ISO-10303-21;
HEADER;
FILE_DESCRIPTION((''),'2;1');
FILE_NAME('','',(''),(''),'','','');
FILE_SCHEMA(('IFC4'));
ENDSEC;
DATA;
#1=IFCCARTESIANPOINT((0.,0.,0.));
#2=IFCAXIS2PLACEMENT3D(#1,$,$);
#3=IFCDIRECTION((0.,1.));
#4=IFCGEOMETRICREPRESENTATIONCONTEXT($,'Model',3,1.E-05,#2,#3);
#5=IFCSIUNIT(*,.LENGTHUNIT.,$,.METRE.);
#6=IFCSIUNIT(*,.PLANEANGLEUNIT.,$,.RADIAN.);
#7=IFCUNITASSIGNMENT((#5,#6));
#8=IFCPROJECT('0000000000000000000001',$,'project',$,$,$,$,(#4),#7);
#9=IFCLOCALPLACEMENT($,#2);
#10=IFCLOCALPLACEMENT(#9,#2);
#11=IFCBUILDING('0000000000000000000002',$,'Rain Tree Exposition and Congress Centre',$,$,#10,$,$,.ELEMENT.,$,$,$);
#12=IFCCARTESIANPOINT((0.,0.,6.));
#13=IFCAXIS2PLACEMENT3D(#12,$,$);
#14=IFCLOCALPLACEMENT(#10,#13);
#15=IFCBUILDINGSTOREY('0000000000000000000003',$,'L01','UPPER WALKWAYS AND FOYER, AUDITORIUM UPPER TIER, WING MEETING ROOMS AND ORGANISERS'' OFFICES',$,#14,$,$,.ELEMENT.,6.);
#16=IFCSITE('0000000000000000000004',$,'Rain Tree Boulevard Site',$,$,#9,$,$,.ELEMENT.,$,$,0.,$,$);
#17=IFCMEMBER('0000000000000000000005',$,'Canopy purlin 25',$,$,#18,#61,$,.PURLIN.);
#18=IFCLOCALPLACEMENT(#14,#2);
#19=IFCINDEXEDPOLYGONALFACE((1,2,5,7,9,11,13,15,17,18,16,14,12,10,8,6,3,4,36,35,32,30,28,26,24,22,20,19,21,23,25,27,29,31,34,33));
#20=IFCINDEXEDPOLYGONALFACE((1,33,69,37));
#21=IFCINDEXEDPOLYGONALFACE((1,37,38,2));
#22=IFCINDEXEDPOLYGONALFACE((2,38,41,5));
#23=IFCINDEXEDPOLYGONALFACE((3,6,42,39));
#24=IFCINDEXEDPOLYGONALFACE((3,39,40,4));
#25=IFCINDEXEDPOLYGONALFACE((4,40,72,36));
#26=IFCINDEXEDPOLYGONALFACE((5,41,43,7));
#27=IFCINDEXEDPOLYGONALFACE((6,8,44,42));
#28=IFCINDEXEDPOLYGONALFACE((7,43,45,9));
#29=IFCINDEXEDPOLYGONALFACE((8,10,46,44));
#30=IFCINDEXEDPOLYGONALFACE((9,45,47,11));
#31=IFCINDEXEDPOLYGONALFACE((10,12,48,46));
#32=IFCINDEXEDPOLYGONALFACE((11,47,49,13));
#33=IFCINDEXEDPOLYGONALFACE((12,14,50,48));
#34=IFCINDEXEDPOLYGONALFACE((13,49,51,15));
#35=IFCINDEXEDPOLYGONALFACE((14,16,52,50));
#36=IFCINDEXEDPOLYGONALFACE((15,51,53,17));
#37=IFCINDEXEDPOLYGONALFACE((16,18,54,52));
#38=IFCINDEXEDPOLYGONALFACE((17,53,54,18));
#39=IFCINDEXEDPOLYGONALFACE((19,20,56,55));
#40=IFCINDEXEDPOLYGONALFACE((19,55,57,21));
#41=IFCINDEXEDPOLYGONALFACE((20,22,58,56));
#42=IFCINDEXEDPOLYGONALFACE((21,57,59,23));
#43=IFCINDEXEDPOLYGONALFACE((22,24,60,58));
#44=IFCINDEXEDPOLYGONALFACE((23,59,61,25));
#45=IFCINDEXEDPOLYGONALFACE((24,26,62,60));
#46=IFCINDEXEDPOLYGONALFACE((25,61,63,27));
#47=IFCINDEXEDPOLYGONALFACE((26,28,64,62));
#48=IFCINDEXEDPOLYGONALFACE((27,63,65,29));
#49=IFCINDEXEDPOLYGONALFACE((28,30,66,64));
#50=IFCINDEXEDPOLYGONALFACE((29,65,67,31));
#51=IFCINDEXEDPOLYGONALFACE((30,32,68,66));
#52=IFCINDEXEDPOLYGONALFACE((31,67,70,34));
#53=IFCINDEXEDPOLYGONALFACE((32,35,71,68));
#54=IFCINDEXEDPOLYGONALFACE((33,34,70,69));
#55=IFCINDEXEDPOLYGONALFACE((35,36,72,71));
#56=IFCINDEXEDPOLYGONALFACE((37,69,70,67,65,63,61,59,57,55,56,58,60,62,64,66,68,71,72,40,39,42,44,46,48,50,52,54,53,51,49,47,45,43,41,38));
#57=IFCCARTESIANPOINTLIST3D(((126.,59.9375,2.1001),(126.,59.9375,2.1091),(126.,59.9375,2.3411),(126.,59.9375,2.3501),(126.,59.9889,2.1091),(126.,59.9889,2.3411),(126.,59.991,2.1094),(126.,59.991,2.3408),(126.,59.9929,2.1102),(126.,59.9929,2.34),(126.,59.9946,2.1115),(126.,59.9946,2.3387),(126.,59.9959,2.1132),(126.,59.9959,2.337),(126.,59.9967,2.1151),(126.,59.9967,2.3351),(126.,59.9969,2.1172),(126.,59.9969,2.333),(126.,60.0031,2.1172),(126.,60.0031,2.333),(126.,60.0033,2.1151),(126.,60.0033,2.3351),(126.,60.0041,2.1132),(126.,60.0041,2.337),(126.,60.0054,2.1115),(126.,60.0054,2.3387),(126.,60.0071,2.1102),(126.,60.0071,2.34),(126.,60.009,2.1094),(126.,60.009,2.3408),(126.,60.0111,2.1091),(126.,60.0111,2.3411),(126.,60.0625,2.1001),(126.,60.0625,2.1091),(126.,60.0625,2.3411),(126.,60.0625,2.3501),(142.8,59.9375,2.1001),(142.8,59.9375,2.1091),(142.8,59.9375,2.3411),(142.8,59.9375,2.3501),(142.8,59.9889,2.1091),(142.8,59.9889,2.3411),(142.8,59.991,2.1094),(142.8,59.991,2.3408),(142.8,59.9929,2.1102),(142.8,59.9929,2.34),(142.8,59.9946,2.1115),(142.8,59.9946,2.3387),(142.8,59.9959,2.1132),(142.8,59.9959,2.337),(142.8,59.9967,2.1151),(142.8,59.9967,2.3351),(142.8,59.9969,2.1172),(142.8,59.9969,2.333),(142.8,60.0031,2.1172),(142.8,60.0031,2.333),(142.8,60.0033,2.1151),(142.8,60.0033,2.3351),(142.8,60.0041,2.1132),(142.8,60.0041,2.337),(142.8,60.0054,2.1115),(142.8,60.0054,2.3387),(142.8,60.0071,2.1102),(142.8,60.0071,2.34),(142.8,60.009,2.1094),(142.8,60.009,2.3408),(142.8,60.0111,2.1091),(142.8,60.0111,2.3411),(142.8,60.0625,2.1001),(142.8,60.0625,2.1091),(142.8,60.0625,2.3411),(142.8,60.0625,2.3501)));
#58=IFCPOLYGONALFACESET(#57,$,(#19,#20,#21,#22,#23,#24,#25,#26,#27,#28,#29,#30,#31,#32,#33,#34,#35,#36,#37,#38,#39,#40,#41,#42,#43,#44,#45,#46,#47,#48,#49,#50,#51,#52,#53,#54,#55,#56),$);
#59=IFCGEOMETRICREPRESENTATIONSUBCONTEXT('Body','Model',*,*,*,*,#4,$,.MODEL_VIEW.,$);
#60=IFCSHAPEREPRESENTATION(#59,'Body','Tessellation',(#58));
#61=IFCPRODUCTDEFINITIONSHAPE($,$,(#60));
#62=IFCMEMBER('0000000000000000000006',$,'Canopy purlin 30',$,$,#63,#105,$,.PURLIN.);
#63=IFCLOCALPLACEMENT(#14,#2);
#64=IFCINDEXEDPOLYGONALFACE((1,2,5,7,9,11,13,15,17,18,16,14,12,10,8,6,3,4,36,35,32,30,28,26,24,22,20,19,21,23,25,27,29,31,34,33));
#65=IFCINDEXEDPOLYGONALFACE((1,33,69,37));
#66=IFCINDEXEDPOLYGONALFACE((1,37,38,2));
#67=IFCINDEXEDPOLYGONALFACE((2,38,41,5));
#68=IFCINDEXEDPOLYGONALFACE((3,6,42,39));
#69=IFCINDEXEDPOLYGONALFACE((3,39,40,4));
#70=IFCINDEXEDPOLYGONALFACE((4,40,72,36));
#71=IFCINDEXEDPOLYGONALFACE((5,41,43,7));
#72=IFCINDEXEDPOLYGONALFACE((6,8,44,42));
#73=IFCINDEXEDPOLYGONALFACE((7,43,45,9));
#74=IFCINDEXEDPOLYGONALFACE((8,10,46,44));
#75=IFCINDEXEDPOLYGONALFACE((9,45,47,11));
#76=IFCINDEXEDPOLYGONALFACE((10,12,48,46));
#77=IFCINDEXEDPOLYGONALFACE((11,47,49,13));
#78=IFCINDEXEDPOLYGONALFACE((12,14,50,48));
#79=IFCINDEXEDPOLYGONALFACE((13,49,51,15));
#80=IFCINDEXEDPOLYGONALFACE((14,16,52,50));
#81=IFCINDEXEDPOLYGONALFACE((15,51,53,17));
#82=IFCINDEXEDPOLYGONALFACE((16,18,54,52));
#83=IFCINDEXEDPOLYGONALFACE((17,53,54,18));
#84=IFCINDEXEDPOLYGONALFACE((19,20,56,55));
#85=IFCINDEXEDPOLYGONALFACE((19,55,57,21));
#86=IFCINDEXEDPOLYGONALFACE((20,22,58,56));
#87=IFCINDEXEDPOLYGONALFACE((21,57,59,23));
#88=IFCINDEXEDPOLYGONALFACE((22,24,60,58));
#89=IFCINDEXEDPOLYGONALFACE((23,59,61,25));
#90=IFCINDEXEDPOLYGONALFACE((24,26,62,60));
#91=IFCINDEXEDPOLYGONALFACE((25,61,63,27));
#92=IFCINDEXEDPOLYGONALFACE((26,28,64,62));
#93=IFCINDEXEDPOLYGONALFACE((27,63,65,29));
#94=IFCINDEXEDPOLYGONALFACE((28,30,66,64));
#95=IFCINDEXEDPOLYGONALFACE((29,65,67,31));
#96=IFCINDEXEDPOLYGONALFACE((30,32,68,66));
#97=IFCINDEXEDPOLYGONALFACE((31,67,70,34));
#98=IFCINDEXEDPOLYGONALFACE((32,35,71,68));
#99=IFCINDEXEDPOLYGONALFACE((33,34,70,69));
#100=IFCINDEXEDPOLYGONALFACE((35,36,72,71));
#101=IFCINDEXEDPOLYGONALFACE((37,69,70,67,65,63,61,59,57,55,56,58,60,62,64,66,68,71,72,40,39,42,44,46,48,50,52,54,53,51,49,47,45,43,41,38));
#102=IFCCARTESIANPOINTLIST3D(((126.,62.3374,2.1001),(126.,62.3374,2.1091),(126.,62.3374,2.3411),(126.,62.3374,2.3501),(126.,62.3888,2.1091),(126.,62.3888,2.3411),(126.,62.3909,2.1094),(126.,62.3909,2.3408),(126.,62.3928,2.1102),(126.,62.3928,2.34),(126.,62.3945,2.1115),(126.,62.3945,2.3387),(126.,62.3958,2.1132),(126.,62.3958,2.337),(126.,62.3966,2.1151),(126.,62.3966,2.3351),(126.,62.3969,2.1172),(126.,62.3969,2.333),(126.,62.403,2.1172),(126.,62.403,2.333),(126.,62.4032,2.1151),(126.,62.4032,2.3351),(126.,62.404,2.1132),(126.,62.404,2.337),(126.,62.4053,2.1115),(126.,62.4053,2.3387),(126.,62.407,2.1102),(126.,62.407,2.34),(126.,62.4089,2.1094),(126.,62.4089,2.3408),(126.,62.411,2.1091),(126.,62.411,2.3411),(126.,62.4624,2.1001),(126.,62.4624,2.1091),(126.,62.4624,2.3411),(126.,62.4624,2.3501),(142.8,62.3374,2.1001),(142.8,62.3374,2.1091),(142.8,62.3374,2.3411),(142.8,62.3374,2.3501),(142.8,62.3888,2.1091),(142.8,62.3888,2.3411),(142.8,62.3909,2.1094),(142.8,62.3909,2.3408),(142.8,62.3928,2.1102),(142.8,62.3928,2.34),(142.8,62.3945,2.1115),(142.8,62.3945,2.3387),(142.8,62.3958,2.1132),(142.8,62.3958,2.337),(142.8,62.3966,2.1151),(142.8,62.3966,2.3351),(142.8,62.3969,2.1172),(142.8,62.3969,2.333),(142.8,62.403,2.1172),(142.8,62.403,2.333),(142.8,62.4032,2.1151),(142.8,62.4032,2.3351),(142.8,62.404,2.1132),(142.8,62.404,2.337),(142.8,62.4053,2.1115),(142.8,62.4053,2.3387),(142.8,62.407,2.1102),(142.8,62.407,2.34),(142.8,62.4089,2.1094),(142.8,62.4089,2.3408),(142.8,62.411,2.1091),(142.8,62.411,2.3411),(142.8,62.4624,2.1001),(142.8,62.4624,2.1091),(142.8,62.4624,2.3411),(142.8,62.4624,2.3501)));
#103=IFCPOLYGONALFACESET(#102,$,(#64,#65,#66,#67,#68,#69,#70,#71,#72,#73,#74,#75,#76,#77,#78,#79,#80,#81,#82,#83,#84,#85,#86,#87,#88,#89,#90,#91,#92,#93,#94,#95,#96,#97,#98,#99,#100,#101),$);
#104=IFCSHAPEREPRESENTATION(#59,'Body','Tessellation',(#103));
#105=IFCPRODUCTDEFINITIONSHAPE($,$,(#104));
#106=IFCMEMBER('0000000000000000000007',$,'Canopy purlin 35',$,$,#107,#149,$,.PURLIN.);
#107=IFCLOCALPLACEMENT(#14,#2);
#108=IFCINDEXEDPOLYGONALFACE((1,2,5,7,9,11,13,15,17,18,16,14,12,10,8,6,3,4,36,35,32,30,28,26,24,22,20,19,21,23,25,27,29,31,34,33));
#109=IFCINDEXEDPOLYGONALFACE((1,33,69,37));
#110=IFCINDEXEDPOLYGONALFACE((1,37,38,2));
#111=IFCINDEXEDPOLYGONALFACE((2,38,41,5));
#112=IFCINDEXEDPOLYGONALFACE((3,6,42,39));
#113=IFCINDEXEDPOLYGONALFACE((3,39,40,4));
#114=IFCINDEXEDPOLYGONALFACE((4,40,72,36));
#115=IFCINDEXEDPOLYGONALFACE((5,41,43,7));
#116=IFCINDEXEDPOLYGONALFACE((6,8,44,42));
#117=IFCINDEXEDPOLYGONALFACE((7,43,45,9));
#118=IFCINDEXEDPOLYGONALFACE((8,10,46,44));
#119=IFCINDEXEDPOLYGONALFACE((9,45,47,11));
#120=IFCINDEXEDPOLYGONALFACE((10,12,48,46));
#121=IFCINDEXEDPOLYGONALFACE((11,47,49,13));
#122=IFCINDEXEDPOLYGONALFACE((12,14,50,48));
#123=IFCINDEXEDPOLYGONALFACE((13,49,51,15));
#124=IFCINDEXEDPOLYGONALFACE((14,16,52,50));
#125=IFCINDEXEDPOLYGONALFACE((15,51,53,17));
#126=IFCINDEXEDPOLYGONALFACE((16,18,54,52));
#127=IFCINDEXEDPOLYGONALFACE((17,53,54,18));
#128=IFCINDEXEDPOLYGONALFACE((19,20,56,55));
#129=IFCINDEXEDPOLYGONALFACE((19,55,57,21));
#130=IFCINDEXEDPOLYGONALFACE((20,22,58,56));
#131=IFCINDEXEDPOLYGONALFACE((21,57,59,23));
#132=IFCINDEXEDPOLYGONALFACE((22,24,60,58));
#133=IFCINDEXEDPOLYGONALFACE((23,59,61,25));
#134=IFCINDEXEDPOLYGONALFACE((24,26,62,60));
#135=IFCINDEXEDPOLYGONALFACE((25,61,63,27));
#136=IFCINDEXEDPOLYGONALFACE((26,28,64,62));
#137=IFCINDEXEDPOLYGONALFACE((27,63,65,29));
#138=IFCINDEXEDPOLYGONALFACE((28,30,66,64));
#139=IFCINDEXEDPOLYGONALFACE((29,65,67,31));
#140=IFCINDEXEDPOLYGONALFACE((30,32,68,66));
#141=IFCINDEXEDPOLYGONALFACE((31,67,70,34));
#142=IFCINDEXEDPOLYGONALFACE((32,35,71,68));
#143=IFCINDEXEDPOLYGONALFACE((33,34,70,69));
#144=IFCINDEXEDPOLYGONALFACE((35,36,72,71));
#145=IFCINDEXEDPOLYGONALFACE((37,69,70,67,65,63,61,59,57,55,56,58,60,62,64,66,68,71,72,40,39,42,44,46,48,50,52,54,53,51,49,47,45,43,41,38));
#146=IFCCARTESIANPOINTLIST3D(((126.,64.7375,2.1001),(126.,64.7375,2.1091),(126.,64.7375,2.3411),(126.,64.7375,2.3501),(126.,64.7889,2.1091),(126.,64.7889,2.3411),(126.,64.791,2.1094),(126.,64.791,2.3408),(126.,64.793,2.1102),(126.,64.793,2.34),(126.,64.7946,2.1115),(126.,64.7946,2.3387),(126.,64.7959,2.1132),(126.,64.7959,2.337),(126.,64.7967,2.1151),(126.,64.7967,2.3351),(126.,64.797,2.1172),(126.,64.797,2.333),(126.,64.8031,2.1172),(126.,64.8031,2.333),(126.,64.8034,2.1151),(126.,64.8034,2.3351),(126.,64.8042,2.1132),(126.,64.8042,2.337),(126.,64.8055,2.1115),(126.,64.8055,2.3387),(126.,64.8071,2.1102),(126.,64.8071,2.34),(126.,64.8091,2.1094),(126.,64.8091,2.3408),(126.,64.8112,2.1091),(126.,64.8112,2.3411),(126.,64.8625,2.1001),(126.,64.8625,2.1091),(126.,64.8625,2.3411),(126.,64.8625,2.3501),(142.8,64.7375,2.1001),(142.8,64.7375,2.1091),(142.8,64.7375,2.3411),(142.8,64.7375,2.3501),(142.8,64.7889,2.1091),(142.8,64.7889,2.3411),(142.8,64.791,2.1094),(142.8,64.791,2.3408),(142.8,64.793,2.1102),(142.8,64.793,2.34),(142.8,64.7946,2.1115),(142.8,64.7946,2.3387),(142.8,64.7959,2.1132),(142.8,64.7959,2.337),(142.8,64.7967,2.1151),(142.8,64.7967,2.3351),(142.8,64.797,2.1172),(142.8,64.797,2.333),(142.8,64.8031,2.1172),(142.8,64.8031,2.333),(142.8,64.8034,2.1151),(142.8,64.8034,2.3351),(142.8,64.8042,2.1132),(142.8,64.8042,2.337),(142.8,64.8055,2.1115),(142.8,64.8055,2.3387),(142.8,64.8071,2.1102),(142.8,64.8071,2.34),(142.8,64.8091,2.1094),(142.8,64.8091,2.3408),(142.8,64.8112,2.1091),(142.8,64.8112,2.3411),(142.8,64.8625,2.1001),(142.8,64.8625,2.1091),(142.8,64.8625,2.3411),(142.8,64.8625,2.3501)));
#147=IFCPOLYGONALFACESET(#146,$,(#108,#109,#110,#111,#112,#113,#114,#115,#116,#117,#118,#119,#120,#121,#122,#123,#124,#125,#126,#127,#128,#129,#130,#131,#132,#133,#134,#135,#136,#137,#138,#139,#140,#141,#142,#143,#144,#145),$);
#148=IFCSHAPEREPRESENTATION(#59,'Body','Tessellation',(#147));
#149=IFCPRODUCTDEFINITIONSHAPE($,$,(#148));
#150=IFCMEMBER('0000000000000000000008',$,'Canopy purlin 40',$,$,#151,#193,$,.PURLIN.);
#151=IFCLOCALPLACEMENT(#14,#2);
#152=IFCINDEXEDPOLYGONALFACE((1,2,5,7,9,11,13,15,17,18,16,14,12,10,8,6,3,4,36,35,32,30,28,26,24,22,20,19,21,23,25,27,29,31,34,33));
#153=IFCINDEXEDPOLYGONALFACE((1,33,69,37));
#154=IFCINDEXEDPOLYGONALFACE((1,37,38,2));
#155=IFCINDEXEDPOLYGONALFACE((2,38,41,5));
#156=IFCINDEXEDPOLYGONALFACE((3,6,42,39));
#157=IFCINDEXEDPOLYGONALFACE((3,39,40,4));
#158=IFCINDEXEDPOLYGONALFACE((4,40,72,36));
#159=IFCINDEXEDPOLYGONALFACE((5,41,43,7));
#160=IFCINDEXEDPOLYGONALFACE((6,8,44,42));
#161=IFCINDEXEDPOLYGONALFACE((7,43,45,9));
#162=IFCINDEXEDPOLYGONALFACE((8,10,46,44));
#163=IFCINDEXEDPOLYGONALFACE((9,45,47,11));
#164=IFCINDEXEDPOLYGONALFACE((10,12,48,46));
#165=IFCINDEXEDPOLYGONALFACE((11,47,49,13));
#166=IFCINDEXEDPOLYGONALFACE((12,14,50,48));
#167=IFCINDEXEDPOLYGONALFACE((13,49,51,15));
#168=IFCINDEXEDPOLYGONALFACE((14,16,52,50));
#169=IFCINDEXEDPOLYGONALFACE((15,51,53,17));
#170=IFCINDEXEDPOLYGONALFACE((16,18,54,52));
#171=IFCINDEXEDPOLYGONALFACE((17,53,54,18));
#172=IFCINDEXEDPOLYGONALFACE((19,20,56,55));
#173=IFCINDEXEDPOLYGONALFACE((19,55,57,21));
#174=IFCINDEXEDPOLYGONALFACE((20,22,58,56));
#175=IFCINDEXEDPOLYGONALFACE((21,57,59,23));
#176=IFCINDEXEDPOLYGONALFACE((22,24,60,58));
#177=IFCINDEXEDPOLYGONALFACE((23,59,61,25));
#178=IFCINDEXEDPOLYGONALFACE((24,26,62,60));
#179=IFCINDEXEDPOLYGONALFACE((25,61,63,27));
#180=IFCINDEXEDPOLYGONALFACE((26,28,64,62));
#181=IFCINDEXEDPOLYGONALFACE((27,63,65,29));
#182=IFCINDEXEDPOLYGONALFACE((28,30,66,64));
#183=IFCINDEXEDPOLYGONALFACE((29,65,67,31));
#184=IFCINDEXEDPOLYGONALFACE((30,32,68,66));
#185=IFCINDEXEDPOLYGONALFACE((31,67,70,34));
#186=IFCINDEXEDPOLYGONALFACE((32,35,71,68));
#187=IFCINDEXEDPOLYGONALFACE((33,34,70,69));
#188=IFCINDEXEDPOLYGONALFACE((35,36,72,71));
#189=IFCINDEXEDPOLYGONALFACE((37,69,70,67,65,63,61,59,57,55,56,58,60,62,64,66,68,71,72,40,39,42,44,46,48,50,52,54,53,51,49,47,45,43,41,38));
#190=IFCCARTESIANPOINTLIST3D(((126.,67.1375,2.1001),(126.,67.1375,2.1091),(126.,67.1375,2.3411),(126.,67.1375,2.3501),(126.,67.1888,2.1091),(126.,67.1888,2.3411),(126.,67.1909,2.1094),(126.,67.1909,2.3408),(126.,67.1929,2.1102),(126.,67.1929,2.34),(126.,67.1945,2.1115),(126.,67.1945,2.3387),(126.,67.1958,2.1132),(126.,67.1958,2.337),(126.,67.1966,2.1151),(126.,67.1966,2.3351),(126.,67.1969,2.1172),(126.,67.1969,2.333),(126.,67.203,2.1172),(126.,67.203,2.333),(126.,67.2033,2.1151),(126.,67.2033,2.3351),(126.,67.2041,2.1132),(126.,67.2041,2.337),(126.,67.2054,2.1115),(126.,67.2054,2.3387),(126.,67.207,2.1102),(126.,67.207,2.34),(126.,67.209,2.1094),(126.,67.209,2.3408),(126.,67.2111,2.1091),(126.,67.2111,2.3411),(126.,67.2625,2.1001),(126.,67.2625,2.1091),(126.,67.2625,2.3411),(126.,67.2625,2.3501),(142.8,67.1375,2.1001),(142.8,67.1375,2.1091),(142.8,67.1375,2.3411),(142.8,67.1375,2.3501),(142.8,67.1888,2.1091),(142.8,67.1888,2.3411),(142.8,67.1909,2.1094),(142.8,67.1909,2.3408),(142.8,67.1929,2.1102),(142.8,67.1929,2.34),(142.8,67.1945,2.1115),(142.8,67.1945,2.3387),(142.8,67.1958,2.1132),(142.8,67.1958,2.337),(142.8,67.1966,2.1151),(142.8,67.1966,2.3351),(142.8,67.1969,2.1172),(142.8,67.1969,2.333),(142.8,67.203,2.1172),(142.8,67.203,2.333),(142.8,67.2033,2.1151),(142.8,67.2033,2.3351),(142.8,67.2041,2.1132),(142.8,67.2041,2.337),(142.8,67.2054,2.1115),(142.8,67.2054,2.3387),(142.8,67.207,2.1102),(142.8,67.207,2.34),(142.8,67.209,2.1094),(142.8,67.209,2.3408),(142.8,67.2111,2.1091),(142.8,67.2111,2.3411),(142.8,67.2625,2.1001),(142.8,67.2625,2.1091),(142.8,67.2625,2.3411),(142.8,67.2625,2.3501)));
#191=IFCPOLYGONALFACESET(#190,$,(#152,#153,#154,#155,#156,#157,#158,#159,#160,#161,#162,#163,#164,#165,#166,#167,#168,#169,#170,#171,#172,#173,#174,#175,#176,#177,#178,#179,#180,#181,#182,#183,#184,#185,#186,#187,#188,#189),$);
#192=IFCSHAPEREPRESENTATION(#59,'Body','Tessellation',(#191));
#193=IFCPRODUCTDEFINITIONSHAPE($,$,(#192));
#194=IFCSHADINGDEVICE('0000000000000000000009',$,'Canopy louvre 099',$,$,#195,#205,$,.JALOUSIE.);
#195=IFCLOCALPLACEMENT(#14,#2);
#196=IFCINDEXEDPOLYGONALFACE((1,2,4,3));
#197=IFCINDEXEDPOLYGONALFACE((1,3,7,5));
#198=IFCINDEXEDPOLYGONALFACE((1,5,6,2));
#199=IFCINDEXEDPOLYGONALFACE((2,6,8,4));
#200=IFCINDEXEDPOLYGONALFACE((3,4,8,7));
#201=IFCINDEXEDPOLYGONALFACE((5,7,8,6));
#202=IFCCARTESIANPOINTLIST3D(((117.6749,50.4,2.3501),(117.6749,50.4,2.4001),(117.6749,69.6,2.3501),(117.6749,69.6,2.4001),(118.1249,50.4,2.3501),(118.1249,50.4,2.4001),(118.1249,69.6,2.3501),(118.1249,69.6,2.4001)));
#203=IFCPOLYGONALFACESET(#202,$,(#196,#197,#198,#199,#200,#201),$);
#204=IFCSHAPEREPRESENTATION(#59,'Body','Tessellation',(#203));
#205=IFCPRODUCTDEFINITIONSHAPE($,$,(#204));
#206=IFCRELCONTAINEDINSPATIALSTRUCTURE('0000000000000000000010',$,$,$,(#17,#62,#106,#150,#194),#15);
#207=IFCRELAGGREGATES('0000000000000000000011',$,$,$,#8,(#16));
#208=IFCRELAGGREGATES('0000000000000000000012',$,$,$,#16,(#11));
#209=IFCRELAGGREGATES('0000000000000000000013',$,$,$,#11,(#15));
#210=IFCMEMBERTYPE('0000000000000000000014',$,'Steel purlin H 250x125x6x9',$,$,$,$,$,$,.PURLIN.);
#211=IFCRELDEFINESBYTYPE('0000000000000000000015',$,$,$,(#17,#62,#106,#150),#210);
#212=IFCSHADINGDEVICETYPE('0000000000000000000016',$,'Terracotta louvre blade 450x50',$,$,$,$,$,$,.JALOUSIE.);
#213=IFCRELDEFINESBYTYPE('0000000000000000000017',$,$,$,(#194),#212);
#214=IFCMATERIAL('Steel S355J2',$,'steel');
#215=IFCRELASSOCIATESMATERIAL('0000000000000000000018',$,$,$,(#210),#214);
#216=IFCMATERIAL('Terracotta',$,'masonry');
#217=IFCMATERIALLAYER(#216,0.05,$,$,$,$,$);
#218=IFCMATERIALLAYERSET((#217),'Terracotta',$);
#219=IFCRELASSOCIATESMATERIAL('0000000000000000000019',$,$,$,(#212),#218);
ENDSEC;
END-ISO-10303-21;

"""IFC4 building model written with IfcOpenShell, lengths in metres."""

from ifc_helpers import new_model, si_unit, direction, frame, origin, origin_2d, place, context, subcontext, project, spatial, rectangle, i_section, extrude, material, layer, layer_set, material_profile, profile_set, type_object, element, save


model = new_model("IFC4")

# Units and contexts
model_context = context("Model", 3, precision=1e-05, world=origin(), true_north=direction((0.0, 1.0)))
body_context = subcontext(model_context, "Body", "Model", "MODEL_VIEW")
ifc_project = project(units=[si_unit("LENGTHUNIT", "METRE"), si_unit("PLANEANGLEUNIT", "RADIAN")], contexts=[model_context])

# Site, building, storey
site_placement = place(None, origin())
site = spatial("IfcSite", under=ifc_project, at=site_placement, Name="Rain Tree Boulevard Site", CompositionType="ELEMENT", RefElevation=0.0)
building_placement = place(site_placement, origin())
building = spatial("IfcBuilding", under=site, at=building_placement, Name="Rain Tree Exposition and Congress Centre", CompositionType="ELEMENT")
storey_placement = place(building_placement, frame((0.0, 0.0, 6.0)))
storey = spatial("IfcBuildingStorey", under=building, at=storey_placement, Name="L01", Description="UPPER WALKWAYS AND FOYER, AUDITORIUM UPPER TIER, WING MEETING ROOMS AND ORGANISERS' OFFICES", CompositionType="ELEMENT", Elevation=6.0)

# Members
ifc_material_1 = material(Name="Steel S355J2", Category="steel")
ifc_material_profile_1 = material_profile(ifc_material_1, i_section(OverallWidth=0.125, OverallDepth=0.25, WebThickness=0.0061, FlangeThickness=0.009, FilletRadius=0.0081, at=origin_2d()), Name="H 250x125x6x9")
ifc_profile_set_1 = profile_set([ifc_material_profile_1], Name="Steel S355J2")
member_type = type_object("IfcMemberType", Name="Steel purlin H 250x125x6x9", PredefinedType="PURLIN", material=ifc_profile_set_1)
for number, where, z_axis, x_axis, name in (
    (1, (126.0, 60.0, 2.2251), (1.0, 0.0, 0.0), (0.0, 1.0, 0.0), "Canopy purlin 25"),
    (2, (126.0, 62.3999, 2.2251), (1.0, 0.0, 0.0), (0.0, 1.0, 0.0), "Canopy purlin 30"),
    (3, (126.0, 64.8, 2.2251), (1.0, 0.0, 0.0), (0.0, 1.0, 0.0), "Canopy purlin 35"),
    (4, (126.0, 67.2, 2.2251), (1.0, 0.0, 0.0), (0.0, 1.0, 0.0), "Canopy purlin 40"),
):
    element("IfcMember", number, at=place(storey_placement, frame(where, z_axis=z_axis, x_axis=x_axis)), inside=storey, type_object=member_type, Name=name, PredefinedType="PURLIN", context=body_context, shape_type="SweptSolid", body=[
        extrude(i_section(OverallWidth=0.125, OverallDepth=0.25, WebThickness=0.0061, FlangeThickness=0.009, FilletRadius=0.0081, at=origin_2d()), origin(), (0.0, 0.0, 1.0), 16.8),
    ])

# Shading device
ifc_material_2 = material(Name="Terracotta", Category="masonry")
ifc_layer = layer(ifc_material_2, 0.05)
ifc_layer_set = layer_set([ifc_layer], Name="Terracotta")
shading_device_type = type_object("IfcShadingDeviceType", Name="Terracotta louvre blade 450x50", PredefinedType="JALOUSIE", material=ifc_layer_set)
for number, where, z_axis, x_axis, name in (
    (5, (117.8999, 60.0, 2.3501), (0.0, 0.0, 1.0), (1.0, 0.0, 0.0), "Canopy louvre 099"),
):
    element("IfcShadingDevice", number, at=place(storey_placement, frame(where, z_axis=z_axis, x_axis=x_axis)), inside=storey, type_object=shading_device_type, Name=name, PredefinedType="JALOUSIE", context=body_context, shape_type="SweptSolid", body=[
        extrude(rectangle(XDim=0.45, YDim=19.2, at=origin_2d()), origin(), (0.0, 0.0, 1.0), 0.05),
    ])

save(model, "model.ifc")
